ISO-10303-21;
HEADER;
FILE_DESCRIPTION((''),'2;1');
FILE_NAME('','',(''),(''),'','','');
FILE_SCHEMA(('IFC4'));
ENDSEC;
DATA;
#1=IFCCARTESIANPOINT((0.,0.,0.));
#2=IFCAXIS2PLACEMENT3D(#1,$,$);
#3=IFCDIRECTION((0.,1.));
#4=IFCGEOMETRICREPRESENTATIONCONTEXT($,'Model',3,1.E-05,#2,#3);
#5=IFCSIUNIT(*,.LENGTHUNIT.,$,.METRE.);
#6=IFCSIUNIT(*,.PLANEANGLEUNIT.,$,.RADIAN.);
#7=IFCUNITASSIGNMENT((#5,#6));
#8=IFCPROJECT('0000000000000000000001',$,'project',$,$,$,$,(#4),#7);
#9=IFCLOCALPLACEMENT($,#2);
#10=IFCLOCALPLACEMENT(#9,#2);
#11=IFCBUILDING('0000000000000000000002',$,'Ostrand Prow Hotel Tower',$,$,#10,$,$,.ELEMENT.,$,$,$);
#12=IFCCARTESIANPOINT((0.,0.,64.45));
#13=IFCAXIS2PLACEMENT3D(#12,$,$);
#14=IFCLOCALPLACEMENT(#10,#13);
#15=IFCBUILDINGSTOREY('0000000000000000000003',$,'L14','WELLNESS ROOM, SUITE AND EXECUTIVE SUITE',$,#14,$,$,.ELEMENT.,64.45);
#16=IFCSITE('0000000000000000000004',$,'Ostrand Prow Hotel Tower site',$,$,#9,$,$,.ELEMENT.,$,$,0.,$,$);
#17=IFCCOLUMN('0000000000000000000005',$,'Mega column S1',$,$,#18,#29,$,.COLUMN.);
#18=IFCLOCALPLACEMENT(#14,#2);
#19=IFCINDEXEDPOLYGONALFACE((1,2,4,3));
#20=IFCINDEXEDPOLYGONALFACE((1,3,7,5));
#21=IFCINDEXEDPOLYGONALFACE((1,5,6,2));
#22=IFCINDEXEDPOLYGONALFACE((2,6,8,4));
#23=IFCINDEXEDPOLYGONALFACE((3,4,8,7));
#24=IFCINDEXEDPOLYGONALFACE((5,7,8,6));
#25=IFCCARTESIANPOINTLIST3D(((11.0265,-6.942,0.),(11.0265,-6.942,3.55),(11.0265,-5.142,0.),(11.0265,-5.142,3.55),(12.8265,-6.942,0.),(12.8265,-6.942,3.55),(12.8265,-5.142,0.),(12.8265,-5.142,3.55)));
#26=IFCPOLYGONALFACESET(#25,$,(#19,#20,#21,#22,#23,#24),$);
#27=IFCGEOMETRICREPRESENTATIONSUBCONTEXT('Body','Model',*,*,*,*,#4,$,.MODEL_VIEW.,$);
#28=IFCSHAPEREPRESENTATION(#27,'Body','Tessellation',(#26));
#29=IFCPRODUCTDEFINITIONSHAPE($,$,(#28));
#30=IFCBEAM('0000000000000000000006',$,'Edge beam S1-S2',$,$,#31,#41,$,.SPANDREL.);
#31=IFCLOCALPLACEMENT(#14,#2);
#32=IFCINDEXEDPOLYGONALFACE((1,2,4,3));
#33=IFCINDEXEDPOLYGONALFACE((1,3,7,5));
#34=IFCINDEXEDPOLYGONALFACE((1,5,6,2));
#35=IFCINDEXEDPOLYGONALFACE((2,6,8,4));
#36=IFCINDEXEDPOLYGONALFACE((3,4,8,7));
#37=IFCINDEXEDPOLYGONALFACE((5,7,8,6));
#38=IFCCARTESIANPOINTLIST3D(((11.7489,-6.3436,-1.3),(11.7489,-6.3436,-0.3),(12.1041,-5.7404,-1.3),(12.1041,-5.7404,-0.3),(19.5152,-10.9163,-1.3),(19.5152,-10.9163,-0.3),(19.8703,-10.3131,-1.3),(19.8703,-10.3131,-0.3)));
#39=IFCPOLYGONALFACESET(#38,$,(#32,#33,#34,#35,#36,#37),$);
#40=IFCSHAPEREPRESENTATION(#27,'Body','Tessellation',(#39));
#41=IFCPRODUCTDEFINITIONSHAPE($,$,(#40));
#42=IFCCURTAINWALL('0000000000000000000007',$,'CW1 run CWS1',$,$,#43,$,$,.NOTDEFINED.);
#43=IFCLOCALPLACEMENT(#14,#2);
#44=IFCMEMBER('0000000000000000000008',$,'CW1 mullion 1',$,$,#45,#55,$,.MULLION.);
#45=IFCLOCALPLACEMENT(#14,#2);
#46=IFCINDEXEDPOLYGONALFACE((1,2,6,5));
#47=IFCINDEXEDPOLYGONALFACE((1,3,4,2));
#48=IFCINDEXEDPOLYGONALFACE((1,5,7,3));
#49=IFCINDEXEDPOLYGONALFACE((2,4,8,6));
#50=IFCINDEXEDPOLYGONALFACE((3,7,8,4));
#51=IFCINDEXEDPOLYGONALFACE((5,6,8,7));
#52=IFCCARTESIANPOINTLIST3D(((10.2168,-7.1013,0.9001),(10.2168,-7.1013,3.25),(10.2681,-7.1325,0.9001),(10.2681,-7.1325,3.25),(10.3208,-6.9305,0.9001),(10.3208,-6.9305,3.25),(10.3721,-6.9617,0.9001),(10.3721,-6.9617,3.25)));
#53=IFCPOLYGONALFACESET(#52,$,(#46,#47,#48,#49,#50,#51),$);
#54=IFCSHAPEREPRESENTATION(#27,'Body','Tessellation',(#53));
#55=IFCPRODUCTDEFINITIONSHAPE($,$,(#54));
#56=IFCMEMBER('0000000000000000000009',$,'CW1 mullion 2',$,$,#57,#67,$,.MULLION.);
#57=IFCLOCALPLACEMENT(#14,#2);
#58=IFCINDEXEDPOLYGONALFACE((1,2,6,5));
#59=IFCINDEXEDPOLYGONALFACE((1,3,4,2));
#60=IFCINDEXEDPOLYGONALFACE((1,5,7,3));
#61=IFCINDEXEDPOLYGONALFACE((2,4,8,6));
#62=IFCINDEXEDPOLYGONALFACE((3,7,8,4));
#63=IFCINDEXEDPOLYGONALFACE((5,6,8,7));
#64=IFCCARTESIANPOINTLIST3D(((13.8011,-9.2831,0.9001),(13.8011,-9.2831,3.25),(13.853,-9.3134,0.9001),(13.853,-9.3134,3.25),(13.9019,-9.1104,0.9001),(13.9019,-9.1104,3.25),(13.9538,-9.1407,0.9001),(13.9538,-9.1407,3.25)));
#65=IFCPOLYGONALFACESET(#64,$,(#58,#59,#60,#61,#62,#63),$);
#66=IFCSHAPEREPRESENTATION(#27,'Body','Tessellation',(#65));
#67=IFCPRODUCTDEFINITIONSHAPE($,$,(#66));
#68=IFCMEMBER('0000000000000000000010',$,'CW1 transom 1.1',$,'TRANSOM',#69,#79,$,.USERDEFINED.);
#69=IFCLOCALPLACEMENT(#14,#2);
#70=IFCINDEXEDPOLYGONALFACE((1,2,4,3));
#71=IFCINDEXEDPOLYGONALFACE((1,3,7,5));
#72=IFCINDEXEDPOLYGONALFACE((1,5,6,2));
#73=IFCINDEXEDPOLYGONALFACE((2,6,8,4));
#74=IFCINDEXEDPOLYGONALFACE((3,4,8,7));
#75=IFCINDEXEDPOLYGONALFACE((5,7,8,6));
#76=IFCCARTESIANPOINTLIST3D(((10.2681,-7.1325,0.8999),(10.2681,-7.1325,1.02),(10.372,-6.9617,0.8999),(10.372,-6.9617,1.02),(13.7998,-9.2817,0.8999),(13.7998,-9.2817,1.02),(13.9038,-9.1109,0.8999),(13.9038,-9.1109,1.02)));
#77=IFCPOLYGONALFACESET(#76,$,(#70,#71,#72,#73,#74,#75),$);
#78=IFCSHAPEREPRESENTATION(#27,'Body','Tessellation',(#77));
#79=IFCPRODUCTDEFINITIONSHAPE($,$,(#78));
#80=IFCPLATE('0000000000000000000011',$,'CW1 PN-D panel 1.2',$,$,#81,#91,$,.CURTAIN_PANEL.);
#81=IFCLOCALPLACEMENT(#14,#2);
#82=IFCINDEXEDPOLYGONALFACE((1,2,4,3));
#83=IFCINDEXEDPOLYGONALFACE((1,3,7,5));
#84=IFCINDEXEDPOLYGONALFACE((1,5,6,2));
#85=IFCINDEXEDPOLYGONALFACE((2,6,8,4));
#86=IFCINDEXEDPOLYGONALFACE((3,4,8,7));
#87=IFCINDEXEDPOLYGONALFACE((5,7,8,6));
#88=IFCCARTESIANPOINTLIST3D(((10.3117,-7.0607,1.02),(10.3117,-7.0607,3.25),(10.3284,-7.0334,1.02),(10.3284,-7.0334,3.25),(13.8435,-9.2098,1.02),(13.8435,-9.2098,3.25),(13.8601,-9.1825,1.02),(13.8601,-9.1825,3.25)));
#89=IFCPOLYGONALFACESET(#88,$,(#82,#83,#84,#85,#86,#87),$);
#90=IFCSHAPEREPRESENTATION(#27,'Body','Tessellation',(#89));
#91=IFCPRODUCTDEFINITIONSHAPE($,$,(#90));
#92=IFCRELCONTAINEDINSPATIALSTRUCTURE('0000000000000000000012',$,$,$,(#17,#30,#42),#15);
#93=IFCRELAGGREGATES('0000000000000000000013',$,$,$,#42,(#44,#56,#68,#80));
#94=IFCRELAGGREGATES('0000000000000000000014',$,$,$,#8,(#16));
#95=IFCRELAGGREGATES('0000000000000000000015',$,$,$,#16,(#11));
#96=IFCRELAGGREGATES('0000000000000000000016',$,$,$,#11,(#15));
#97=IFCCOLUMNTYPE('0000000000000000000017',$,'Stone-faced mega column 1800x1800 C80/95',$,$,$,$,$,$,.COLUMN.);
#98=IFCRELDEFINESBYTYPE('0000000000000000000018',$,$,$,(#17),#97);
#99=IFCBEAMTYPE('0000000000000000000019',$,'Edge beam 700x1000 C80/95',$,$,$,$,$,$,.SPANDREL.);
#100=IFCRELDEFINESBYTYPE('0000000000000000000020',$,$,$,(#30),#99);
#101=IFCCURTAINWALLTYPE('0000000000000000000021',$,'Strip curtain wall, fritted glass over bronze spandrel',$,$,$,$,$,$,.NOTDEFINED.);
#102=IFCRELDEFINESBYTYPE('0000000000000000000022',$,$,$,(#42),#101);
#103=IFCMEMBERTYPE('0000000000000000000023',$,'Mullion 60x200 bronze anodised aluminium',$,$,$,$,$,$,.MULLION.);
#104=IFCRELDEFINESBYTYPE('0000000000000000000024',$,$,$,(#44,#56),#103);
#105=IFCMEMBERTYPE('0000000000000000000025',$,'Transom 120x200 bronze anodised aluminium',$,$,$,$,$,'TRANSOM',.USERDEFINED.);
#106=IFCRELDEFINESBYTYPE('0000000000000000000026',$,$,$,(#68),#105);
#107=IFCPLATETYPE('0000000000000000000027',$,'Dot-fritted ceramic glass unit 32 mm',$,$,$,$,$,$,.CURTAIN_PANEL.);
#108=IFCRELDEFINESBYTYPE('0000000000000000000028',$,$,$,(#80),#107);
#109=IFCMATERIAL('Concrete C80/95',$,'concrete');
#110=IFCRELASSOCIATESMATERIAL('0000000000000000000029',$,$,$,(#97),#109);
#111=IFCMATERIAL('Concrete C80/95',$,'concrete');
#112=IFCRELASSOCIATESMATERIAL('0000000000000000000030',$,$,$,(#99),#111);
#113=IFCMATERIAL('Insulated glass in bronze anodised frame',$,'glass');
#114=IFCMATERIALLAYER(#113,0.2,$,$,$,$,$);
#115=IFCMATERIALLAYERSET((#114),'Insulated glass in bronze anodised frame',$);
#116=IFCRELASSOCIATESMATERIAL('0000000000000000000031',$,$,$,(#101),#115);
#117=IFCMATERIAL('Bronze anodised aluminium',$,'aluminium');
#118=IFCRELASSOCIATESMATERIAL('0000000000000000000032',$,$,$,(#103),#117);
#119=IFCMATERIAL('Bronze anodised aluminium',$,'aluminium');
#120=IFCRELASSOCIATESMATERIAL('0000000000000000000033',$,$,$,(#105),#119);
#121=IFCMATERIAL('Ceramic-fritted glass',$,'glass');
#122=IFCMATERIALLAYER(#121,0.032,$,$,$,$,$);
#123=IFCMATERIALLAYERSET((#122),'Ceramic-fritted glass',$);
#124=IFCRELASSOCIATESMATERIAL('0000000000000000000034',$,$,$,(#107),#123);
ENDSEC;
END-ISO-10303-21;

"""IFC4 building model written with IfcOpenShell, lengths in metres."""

from ifc_helpers import new_model, si_unit, direction, frame, origin, origin_2d, place, context, subcontext, project, spatial, rectangle, extrude, material, layer, layer_set, material_profile, profile_set, type_object, element, aggregate, save


model = new_model("IFC4")

# Units and contexts
model_context = context("Model", 3, precision=1e-05, world=origin(), true_north=direction((0.0, 1.0)))
body_context = subcontext(model_context, "Body", "Model", "MODEL_VIEW")
ifc_project = project(units=[si_unit("LENGTHUNIT", "METRE"), si_unit("PLANEANGLEUNIT", "RADIAN")], contexts=[model_context])

# Site, building, storey
site_placement = place(None, origin())
site = spatial("IfcSite", under=ifc_project, at=site_placement, Name="Ostrand Prow Hotel Tower site", CompositionType="ELEMENT", RefElevation=0.0)
building_placement = place(site_placement, origin())
building = spatial("IfcBuilding", under=site, at=building_placement, Name="Ostrand Prow Hotel Tower", CompositionType="ELEMENT")
storey_placement = place(building_placement, frame((0.0, 0.0, 64.45)))
storey = spatial("IfcBuildingStorey", under=building, at=storey_placement, Name="L14", Description="WELLNESS ROOM, SUITE AND EXECUTIVE SUITE", CompositionType="ELEMENT", Elevation=64.45)

# Column
ifc_material_1 = material(Name="Concrete C80/95", Category="concrete")
ifc_material_profile_1 = material_profile(ifc_material_1, rectangle(XDim=1.8, YDim=1.8, at=origin_2d()), Name="RC 1800x1800")
ifc_profile_set_1 = profile_set([ifc_material_profile_1], Name="Concrete C80/95")
column_type = type_object("IfcColumnType", Name="Stone-faced mega column 1800x1800 C80/95", PredefinedType="COLUMN", material=ifc_profile_set_1)
column_placement = place(storey_placement, frame((11.9265, -6.042, 0.0), z_axis=(0.0, 0.0, 1.0), x_axis=(1.0, 0.0, 0.0)))
element("IfcColumn", 1, at=column_placement, inside=storey, type_object=column_type, Name="Mega column S1", PredefinedType="COLUMN", context=body_context, shape_type="SweptSolid", body=[
    extrude(rectangle(XDim=1.8, YDim=1.8, at=origin_2d()), origin(), (0.0, 0.0, 1.0), 3.55),
])

# Beam
ifc_material_2 = material(Name="Concrete C80/95", Category="concrete")
ifc_material_profile_2 = material_profile(ifc_material_2, rectangle(XDim=0.7, YDim=1.0, at=origin_2d()), Name="RC 700x1000")
ifc_profile_set_2 = profile_set([ifc_material_profile_2], Name="Concrete C80/95")
beam_type = type_object("IfcBeamType", Name="Edge beam 700x1000 C80/95", PredefinedType="SPANDREL", material=ifc_profile_set_2)
beam_placement = place(storey_placement, frame((11.9265, -6.042, -0.8), z_axis=(0.861725, -0.507375, 0.0), x_axis=(0.507375, 0.861725, 0.0)))
element("IfcBeam", 2, at=beam_placement, inside=storey, type_object=beam_type, Name="Edge beam S1-S2", PredefinedType="SPANDREL", context=body_context, shape_type="SweptSolid", body=[
    extrude(rectangle(XDim=0.7, YDim=1.0, at=origin_2d()), origin(), (0.0, 0.0, 1.0), 9.0125),
])

# Curtain wall, members, plate
ifc_material_3 = material(Name="Insulated glass in bronze anodised frame", Category="glass")
ifc_layer_1 = layer(ifc_material_3, 0.2)
ifc_layer_set_1 = layer_set([ifc_layer_1], Name="Insulated glass in bronze anodised frame")
curtain_wall_type = type_object("IfcCurtainWallType", Name="Strip curtain wall, fritted glass over bronze spandrel", PredefinedType="NOTDEFINED", material=ifc_layer_set_1)
curtain_wall_placement = place(storey_placement, origin())
curtain_wall = element("IfcCurtainWall", 3, at=curtain_wall_placement, inside=storey, type_object=curtain_wall_type, Name="CW1 run CWS1", PredefinedType="NOTDEFINED")
ifc_material_4 = material(Name="Bronze anodised aluminium", Category="aluminium")
ifc_material_profile_3 = material_profile(ifc_material_4, rectangle(XDim=0.2, YDim=0.0601, at=origin_2d()), Name="Mullion 60x200 bronze anodised aluminium")
ifc_profile_set_3 = profile_set([ifc_material_profile_3], Name="Bronze anodised aluminium")
member_type_1 = type_object("IfcMemberType", Name="Mullion 60x200 bronze anodised aluminium", PredefinedType="MULLION", material=ifc_profile_set_3)
member_1_placement = place(storey_placement, frame((10.2944, -7.0315, 0.9001), z_axis=(0.0, 0.0, 1.0), x_axis=(0.519831, 0.854269, 0.0)))
member_1 = element("IfcMember", 4, at=member_1_placement, type_object=member_type_1, Name="CW1 mullion 1", PredefinedType="MULLION", context=body_context, shape_type="SweptSolid", body=[
    extrude(rectangle(XDim=0.2, YDim=0.0601, at=origin_2d()), origin(), (0.0, 0.0, 1.0), 2.3499),
])
member_2_placement = place(storey_placement, frame((13.8774, -9.2119, 0.9001), z_axis=(0.0, 0.0, 1.0), x_axis=(0.504023, 0.86369, 0.0)))
member_2 = element("IfcMember", 5, at=member_2_placement, type_object=member_type_1, Name="CW1 mullion 2", PredefinedType="MULLION", context=body_context, shape_type="SweptSolid", body=[
    extrude(rectangle(XDim=0.2, YDim=0.0601, at=origin_2d()), origin(), (0.0, 0.0, 1.0), 2.3499),
])
ifc_material_5 = material(Name="Bronze anodised aluminium", Category="aluminium")
ifc_material_profile_4 = material_profile(ifc_material_5, rectangle(XDim=0.2, YDim=0.1201, at=origin_2d()), Name="Transom 120x200 bronze anodised aluminium")
ifc_profile_set_4 = profile_set([ifc_material_profile_4], Name="Bronze anodised aluminium")
member_type_2 = type_object("IfcMemberType", Name="Transom 120x200 bronze anodised aluminium", ElementType="TRANSOM", PredefinedType="USERDEFINED", material=ifc_profile_set_4)
member_3_placement = place(storey_placement, frame((10.3201, -7.0471, 0.96), z_axis=(0.854261, -0.519844, 0.0), x_axis=(0.519844, 0.854261, 0.0)))
member_3 = element("IfcMember", 6, at=member_3_placement, type_object=member_type_2, Name="CW1 transom 1.1", ObjectType="TRANSOM", PredefinedType="USERDEFINED", context=body_context, shape_type="SweptSolid", body=[
    extrude(rectangle(XDim=0.2, YDim=0.1201, at=origin_2d()), origin(), (0.0, 0.0, 1.0), 4.1343),
])
ifc_material_6 = material(Name="Ceramic-fritted glass", Category="glass")
ifc_layer_2 = layer(ifc_material_6, 0.032)
ifc_layer_set_2 = layer_set([ifc_layer_2], Name="Ceramic-fritted glass")
plate_type = type_object("IfcPlateType", Name="Dot-fritted ceramic glass unit 32 mm", PredefinedType="CURTAIN_PANEL", material=ifc_layer_set_2)
plate_placement = place(storey_placement, frame((12.0859, -8.1216, 1.02), z_axis=(0.0, 0.0, 1.0), x_axis=(0.854269, -0.519831, 0.0)))
plate = element("IfcPlate", 7, at=plate_placement, type_object=plate_type, Name="CW1 PN-D panel 1.2", PredefinedType="CURTAIN_PANEL", context=body_context, shape_type="SweptSolid", body=[
    extrude(rectangle(XDim=4.1343, YDim=0.032, at=origin_2d()), origin(), (0.0, 0.0, 1.0), 2.23),
])
aggregate(curtain_wall, [member_1, member_2, member_3, plate])

save(model, "model.ifc")
